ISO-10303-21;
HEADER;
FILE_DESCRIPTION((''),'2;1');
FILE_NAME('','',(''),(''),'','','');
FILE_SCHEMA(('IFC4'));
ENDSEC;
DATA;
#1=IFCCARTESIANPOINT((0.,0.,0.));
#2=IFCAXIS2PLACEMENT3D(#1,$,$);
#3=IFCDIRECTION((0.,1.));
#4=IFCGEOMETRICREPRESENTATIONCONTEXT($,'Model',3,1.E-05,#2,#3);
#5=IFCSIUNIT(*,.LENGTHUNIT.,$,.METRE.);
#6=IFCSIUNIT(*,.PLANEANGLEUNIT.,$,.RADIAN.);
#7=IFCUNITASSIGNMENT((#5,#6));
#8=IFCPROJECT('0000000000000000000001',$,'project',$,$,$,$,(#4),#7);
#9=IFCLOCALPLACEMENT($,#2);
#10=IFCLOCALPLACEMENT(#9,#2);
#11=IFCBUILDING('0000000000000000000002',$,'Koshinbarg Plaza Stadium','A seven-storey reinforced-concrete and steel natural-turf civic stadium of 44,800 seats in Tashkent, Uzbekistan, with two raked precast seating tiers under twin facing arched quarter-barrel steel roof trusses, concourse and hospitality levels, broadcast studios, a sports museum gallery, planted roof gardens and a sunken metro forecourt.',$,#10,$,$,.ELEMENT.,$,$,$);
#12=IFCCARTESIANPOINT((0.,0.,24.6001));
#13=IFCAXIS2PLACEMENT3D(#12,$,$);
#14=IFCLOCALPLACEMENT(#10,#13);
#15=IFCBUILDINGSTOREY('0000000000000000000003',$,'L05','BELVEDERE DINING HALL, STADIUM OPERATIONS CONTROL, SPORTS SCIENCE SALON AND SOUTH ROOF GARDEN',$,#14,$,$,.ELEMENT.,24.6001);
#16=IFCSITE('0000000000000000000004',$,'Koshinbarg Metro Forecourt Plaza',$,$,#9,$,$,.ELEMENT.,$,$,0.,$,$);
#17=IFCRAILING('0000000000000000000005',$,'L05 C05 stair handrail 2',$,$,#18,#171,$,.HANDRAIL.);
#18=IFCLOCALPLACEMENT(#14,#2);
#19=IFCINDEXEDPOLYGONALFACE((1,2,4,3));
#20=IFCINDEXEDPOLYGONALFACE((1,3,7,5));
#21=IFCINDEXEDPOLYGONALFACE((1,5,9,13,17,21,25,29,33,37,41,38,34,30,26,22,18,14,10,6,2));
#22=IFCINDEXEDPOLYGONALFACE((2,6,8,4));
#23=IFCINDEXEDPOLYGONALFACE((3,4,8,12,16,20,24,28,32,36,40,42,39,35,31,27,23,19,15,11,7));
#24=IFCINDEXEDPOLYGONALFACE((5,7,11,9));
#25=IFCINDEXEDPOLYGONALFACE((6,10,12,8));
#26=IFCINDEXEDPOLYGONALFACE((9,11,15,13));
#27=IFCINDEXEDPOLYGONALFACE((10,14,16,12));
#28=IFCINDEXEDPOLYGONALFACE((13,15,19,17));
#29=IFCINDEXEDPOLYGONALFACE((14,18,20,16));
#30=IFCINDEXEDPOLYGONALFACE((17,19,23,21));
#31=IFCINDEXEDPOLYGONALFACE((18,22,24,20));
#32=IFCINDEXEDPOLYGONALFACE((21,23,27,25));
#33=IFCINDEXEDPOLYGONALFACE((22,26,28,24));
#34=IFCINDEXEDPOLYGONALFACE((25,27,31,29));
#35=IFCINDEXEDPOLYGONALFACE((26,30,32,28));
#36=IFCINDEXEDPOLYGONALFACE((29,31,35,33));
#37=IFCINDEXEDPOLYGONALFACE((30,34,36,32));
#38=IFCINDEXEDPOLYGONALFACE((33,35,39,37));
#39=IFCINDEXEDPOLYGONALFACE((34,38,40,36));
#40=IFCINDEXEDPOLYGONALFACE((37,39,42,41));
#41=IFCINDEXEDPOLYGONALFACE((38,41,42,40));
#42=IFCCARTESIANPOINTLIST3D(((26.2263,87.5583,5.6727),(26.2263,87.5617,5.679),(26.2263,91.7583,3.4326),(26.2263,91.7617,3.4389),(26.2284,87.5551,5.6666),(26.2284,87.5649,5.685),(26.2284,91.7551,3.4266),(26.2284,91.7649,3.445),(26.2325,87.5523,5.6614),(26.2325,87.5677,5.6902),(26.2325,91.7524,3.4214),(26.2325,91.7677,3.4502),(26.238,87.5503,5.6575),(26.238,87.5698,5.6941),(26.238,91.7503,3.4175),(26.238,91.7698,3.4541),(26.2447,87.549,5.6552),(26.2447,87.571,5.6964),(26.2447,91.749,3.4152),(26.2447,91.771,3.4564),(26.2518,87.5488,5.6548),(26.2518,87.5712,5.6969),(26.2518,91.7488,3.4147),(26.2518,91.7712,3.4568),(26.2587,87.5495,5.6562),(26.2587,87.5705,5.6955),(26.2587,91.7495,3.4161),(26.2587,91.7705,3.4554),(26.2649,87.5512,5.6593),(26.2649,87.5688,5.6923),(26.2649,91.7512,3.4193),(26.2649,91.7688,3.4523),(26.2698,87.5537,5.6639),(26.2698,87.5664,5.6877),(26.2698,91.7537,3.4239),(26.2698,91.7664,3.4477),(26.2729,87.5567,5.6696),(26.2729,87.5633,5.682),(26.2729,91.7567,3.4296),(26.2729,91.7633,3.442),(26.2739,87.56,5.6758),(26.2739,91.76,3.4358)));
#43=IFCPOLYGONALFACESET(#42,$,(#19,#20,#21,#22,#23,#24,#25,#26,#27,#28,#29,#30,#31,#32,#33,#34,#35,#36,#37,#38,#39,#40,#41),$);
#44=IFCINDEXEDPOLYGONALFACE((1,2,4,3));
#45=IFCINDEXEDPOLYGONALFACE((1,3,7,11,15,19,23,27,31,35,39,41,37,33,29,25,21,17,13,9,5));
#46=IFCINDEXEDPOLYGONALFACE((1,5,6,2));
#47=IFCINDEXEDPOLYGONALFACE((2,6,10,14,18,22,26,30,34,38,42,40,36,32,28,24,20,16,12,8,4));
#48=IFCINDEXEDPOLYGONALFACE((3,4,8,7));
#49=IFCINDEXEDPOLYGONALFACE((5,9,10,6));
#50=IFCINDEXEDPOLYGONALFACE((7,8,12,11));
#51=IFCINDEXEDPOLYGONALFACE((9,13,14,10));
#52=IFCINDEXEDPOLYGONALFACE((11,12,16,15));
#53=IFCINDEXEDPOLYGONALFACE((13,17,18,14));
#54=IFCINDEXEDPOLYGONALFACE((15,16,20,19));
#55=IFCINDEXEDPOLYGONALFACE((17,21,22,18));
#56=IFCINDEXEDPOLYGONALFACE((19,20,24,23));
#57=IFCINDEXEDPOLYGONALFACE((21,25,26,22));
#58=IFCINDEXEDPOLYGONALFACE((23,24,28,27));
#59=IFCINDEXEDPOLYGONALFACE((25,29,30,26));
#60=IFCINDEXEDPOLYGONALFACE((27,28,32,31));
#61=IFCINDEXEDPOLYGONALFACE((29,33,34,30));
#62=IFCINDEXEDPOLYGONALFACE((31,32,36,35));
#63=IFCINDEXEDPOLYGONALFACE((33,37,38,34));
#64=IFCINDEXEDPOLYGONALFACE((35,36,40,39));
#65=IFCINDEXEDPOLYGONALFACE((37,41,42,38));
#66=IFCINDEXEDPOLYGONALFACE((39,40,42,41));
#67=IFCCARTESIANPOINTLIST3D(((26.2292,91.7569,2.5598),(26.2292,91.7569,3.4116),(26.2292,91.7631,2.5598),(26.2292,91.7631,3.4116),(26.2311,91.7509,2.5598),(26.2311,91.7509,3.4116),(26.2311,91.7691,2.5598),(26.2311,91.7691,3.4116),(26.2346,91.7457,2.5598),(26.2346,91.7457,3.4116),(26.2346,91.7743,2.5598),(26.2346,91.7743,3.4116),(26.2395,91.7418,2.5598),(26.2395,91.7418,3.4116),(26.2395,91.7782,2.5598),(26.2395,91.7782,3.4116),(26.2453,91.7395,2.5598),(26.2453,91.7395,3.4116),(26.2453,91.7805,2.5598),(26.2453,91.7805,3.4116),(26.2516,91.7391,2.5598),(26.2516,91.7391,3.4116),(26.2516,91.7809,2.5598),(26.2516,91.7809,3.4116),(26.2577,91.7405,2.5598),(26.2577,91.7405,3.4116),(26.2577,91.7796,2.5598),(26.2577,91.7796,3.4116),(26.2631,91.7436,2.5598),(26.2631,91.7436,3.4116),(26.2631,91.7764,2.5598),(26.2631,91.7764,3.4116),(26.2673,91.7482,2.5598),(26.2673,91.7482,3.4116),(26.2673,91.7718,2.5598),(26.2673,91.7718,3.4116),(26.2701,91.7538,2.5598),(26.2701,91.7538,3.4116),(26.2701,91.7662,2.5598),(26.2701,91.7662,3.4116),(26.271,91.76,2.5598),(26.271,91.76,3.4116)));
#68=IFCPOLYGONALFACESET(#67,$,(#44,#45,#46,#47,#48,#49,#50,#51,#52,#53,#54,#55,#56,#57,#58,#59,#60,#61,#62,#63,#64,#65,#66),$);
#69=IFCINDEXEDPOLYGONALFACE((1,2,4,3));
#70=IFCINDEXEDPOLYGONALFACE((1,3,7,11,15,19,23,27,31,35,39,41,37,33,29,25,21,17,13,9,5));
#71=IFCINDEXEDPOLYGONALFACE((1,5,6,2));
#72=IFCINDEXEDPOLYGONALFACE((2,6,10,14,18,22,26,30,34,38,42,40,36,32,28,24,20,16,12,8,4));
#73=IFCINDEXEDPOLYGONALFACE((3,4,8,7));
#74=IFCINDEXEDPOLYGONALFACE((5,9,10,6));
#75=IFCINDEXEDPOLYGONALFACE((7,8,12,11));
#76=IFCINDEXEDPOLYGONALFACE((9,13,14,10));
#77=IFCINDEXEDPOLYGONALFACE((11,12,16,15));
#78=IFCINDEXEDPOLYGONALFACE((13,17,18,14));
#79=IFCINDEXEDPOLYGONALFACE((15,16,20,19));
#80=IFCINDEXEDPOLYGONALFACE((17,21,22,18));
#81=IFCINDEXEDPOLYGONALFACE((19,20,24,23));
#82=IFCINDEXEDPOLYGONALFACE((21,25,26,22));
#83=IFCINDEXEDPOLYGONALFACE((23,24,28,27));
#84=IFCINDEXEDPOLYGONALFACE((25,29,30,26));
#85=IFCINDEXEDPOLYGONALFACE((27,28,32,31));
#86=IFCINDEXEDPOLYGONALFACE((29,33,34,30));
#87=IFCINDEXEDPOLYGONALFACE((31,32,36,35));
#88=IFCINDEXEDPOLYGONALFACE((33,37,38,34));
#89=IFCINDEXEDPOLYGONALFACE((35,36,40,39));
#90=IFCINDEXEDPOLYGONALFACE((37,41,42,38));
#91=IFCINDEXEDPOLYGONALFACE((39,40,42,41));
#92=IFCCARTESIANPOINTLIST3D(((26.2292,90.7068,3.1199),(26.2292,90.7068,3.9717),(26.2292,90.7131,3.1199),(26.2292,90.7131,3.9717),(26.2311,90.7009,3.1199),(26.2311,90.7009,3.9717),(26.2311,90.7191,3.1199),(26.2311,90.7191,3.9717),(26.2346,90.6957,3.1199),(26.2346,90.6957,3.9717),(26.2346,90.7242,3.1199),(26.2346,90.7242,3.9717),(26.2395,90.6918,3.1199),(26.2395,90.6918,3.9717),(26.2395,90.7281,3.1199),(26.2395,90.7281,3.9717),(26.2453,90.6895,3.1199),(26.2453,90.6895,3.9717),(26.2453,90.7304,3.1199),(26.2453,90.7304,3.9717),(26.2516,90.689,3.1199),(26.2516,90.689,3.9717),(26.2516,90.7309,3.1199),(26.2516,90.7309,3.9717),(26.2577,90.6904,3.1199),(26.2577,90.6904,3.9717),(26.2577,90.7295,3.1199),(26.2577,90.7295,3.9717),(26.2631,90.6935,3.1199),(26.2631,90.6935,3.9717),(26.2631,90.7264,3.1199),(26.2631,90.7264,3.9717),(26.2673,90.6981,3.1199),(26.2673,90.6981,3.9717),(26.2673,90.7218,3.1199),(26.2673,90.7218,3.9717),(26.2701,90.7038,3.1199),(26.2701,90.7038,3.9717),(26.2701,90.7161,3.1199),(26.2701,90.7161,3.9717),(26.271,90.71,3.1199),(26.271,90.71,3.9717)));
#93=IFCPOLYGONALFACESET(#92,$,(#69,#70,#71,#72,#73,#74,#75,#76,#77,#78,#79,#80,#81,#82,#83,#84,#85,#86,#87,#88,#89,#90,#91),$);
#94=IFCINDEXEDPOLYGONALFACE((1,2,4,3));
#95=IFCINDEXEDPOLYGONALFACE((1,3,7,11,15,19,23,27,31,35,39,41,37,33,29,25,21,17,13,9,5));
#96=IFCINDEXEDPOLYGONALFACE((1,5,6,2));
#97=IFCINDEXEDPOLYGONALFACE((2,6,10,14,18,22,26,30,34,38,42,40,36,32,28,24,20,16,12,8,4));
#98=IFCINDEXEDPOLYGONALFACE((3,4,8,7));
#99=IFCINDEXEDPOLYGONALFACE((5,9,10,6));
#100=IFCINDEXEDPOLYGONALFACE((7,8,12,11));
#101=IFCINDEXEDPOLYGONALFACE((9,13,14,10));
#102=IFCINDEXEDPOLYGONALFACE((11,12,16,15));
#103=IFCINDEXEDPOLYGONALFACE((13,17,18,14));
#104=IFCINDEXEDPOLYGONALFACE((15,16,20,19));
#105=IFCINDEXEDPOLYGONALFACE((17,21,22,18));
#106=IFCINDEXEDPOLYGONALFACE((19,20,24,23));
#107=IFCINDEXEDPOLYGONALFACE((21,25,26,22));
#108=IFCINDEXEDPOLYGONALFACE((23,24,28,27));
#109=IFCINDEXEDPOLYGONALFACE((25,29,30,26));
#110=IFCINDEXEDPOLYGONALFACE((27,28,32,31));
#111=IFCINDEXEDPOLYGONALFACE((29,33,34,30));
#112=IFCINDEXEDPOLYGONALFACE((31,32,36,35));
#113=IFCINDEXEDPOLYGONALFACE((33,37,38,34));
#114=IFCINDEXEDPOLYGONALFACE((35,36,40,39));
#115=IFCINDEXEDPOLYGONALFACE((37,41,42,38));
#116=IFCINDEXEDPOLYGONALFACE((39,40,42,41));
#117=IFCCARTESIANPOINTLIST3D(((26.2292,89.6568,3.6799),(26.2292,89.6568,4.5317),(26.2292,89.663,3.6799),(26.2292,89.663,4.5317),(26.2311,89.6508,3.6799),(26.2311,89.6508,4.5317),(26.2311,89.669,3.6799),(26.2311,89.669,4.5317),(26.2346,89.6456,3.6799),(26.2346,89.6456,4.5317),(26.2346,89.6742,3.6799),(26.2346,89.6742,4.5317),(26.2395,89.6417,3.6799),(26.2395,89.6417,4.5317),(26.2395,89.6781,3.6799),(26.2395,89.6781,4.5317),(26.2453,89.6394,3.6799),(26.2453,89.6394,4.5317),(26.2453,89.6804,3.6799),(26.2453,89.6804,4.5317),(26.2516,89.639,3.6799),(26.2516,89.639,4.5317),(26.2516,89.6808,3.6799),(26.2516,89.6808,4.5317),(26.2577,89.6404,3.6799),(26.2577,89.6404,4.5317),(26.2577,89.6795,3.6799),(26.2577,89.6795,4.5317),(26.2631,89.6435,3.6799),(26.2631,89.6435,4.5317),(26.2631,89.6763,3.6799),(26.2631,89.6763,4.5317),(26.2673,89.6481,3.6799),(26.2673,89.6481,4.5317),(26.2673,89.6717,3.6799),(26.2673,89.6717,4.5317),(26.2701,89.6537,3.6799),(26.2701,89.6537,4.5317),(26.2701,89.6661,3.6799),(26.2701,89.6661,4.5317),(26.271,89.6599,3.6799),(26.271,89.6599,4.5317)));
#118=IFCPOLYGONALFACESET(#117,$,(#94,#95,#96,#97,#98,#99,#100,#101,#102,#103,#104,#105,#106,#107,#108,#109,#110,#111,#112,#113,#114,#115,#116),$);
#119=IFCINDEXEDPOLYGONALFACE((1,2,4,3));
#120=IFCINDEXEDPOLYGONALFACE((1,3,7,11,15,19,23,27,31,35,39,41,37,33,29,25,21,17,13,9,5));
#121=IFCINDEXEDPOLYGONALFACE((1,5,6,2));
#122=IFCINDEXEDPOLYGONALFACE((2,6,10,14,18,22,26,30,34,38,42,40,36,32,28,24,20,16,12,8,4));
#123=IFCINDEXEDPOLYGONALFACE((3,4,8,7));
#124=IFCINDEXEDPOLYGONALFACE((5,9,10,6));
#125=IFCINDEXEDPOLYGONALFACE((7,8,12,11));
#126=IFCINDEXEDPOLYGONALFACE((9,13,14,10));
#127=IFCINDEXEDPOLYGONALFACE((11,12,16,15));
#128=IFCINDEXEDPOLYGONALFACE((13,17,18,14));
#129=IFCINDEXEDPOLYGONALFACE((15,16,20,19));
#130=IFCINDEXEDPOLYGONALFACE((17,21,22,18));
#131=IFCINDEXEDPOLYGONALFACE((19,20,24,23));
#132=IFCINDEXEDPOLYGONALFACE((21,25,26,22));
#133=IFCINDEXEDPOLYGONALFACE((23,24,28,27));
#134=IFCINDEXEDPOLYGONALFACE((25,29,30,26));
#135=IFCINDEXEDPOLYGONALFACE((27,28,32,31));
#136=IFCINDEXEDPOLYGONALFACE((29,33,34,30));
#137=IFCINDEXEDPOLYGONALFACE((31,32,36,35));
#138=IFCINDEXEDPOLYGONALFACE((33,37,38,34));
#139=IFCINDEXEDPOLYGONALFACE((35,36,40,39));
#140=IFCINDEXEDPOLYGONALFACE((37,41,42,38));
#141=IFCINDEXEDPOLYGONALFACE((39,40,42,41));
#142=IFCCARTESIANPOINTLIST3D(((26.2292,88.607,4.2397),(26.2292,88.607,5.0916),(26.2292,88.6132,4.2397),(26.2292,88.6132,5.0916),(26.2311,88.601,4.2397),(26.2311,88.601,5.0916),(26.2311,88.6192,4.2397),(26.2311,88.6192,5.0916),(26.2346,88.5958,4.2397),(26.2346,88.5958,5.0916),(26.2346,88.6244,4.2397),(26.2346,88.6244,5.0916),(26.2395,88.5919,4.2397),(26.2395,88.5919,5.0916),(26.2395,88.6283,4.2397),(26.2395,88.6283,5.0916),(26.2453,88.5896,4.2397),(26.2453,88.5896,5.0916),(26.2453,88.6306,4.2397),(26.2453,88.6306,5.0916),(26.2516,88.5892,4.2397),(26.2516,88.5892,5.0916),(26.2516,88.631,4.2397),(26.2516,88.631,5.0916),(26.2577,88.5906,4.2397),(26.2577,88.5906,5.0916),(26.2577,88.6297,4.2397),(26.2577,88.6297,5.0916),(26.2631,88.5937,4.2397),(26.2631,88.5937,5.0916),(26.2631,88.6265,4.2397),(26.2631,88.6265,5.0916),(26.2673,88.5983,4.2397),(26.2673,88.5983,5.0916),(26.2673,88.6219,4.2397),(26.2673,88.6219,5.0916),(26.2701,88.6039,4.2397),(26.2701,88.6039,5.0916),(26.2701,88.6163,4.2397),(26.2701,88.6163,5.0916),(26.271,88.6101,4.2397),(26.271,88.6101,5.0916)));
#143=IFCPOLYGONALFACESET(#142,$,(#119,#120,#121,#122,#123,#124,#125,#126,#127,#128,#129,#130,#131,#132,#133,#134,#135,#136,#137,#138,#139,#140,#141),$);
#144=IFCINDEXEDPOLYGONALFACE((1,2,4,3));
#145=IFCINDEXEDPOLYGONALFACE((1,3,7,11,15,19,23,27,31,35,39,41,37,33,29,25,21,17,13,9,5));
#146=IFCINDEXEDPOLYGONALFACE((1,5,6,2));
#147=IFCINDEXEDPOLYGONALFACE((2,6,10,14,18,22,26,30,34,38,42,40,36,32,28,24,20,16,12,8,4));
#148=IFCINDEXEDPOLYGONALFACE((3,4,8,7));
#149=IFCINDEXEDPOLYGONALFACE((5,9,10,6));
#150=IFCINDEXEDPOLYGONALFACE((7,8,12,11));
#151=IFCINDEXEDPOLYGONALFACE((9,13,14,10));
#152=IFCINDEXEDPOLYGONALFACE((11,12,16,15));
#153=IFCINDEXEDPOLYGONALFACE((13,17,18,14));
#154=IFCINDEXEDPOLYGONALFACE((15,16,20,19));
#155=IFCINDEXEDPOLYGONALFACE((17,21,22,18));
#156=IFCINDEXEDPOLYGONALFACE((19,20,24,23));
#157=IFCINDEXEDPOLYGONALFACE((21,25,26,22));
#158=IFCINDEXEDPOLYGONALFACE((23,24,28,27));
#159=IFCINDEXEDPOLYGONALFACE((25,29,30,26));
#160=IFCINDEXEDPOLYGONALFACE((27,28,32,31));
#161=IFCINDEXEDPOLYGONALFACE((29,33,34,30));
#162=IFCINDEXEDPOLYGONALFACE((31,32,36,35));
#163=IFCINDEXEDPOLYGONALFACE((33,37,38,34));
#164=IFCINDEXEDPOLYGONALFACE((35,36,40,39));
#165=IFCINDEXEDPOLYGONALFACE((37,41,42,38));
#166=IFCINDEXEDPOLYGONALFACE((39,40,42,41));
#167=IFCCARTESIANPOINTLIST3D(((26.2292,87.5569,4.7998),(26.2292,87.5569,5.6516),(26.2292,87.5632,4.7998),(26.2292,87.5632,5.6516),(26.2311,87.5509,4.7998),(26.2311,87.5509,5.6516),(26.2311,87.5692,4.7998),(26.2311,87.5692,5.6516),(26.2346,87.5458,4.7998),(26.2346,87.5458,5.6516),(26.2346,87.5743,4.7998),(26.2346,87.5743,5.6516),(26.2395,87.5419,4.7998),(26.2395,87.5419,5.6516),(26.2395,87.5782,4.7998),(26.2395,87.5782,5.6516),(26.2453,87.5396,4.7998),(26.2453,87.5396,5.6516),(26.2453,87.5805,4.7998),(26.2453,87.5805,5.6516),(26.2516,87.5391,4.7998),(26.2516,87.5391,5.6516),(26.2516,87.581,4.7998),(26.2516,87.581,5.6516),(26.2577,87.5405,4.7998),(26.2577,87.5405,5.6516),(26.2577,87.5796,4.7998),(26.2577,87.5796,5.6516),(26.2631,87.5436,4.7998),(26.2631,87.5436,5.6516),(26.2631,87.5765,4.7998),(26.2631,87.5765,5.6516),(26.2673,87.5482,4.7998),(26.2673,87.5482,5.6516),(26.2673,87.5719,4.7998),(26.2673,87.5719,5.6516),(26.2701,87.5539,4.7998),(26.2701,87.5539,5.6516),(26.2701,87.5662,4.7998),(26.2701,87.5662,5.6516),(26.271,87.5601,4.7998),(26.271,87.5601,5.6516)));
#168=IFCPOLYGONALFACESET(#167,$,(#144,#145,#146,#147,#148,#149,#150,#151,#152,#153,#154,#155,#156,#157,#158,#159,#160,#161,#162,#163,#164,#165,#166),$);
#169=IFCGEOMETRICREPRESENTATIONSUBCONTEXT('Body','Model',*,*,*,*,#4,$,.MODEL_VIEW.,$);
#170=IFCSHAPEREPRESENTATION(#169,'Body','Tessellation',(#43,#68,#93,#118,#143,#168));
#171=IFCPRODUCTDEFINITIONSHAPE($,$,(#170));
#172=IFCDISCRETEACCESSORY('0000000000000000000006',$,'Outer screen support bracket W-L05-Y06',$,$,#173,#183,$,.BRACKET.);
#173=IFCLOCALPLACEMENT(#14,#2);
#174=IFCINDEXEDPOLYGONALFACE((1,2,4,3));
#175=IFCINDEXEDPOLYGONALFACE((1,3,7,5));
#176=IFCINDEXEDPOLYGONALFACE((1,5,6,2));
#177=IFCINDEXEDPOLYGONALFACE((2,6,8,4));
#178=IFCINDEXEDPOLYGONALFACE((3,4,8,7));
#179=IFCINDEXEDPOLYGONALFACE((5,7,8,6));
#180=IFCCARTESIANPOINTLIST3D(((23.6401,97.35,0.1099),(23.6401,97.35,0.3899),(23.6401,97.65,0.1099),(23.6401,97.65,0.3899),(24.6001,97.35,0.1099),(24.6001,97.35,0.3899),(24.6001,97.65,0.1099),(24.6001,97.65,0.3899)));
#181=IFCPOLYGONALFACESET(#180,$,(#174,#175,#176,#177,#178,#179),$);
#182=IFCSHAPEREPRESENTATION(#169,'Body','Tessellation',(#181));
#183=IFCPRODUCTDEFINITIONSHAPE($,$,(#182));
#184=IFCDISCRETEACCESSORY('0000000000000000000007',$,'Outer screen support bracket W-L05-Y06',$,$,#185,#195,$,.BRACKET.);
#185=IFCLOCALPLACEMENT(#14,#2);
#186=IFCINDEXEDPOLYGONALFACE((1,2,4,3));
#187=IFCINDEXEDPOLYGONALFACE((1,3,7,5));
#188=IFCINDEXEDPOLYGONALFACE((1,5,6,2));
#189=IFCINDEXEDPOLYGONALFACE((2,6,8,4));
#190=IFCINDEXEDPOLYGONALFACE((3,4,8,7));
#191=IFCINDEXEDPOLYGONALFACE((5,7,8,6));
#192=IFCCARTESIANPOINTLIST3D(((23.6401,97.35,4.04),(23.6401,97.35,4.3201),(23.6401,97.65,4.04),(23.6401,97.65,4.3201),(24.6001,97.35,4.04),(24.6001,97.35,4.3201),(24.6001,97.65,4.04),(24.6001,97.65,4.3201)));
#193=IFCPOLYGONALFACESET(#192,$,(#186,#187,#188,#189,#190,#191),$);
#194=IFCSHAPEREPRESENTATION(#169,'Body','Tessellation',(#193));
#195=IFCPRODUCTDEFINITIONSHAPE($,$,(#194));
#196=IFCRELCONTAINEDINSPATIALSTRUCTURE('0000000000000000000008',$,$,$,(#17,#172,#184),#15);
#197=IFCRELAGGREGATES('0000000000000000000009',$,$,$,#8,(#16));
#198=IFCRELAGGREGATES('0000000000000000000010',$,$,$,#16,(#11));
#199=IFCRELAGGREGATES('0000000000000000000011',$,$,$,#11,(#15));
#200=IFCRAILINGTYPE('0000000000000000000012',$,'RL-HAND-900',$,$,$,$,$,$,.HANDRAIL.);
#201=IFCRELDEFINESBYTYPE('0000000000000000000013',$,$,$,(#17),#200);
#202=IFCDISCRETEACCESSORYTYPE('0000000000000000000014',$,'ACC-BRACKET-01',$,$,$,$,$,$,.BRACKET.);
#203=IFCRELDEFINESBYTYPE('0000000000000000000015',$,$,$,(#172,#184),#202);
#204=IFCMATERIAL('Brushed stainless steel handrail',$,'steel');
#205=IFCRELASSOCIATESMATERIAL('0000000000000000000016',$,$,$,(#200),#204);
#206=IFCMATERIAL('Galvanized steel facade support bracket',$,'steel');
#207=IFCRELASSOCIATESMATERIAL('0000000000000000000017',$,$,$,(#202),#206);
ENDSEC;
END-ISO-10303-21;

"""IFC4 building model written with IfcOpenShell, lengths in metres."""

from ifc_helpers import new_model, si_unit, direction, frame, origin, origin_2d, place, context, subcontext, project, spatial, rectangle, circle, extrude, material, type_object, element, save


model = new_model("IFC4")

# Units and contexts
model_context = context("Model", 3, precision=1e-05, world=origin(), true_north=direction((0.0, 1.0)))
body_context = subcontext(model_context, "Body", "Model", "MODEL_VIEW")
ifc_project = project(units=[si_unit("LENGTHUNIT", "METRE"), si_unit("PLANEANGLEUNIT", "RADIAN")], contexts=[model_context])

# Site, building, storey
site_placement = place(None, origin())
site = spatial("IfcSite", under=ifc_project, at=site_placement, Name="Koshinbarg Metro Forecourt Plaza", CompositionType="ELEMENT", RefElevation=0.0)
building_placement = place(site_placement, origin())
building = spatial("IfcBuilding", under=site, at=building_placement, Name="Koshinbarg Plaza Stadium", Description="A seven-storey reinforced-concrete and steel natural-turf civic stadium of 44,800 seats in Tashkent, Uzbekistan, with two raked precast seating tiers under twin facing arched quarter-barrel steel roof trusses, concourse and hospitality levels, broadcast studios, a sports museum gallery, planted roof gardens and a sunken metro forecourt.", CompositionType="ELEMENT")
storey_placement = place(building_placement, frame((0.0, 0.0, 24.6001)))
storey = spatial("IfcBuildingStorey", under=building, at=storey_placement, Name="L05", Description="BELVEDERE DINING HALL, STADIUM OPERATIONS CONTROL, SPORTS SCIENCE SALON AND SOUTH ROOF GARDEN", CompositionType="ELEMENT", Elevation=24.6001)

# Railing
ifc_material_1 = material(Name="Brushed stainless steel handrail", Category="steel")
railing_type_1 = type_object("IfcRailingType", Name="RL-HAND-900", PredefinedType="HANDRAIL", material=ifc_material_1)
railing_1_placement = place(storey_placement, frame((26.25, 91.76, 2.5598)))
element("IfcRailing", 1, at=railing_1_placement, inside=storey, type_object=railing_type_1, Name="L05 C05 stair handrail 2", PredefinedType="HANDRAIL", context=body_context, shape_type="SweptSolid", body=[
    extrude(circle(Radius=0.0239, at=origin_2d()), frame((0.0, 0.0, 0.876), z_axis=(0.0, -0.882352, 0.470591), x_axis=(1.0, 0.0, 0.0)), (0.0, 0.0, 1.0), 4.76),
    extrude(circle(Radius=0.021, at=origin_2d()), origin(), (0.0, 0.0, 1.0), 0.8518),
    extrude(circle(Radius=0.021, at=origin_2d()), frame((0.0, -1.05, 0.5601)), (0.0, 0.0, 1.0), 0.8518),
    extrude(circle(Radius=0.021, at=origin_2d()), frame((0.0, -2.1001, 1.1201)), (0.0, 0.0, 1.0), 0.8518),
    extrude(circle(Radius=0.021, at=origin_2d()), frame((0.0, -3.1499, 1.6799)), (0.0, 0.0, 1.0), 0.8518),
    extrude(circle(Radius=0.021, at=origin_2d()), frame((0.0, -4.2, 2.24)), (0.0, 0.0, 1.0), 0.8518),
])

# Discrete accessories
ifc_material_2 = material(Name="Galvanized steel facade support bracket", Category="steel")
discrete_accessory_type = type_object("IfcDiscreteAccessoryType", Name="ACC-BRACKET-01", PredefinedType="BRACKET", material=ifc_material_2)
for number, where, z_axis, x_axis, name in (
    (2, (24.1201, 97.5, 0.1099), (0.0, 0.0, 1.0), (1.0, 0.0, 0.0), "Outer screen support bracket W-L05-Y06"),
    (3, (24.1201, 97.5, 4.04), (0.0, 0.0, 1.0), (1.0, 0.0, 0.0), "Outer screen support bracket W-L05-Y06"),
):
    element("IfcDiscreteAccessory", number, at=place(storey_placement, frame(where, z_axis=z_axis, x_axis=x_axis)), inside=storey, type_object=discrete_accessory_type, Name=name, PredefinedType="BRACKET", context=body_context, shape_type="SweptSolid", body=[
        extrude(rectangle(XDim=0.96, YDim=0.3, at=origin_2d()), origin(), (0.0, 0.0, 1.0), 0.28),
    ])

save(model, "model.ifc")
